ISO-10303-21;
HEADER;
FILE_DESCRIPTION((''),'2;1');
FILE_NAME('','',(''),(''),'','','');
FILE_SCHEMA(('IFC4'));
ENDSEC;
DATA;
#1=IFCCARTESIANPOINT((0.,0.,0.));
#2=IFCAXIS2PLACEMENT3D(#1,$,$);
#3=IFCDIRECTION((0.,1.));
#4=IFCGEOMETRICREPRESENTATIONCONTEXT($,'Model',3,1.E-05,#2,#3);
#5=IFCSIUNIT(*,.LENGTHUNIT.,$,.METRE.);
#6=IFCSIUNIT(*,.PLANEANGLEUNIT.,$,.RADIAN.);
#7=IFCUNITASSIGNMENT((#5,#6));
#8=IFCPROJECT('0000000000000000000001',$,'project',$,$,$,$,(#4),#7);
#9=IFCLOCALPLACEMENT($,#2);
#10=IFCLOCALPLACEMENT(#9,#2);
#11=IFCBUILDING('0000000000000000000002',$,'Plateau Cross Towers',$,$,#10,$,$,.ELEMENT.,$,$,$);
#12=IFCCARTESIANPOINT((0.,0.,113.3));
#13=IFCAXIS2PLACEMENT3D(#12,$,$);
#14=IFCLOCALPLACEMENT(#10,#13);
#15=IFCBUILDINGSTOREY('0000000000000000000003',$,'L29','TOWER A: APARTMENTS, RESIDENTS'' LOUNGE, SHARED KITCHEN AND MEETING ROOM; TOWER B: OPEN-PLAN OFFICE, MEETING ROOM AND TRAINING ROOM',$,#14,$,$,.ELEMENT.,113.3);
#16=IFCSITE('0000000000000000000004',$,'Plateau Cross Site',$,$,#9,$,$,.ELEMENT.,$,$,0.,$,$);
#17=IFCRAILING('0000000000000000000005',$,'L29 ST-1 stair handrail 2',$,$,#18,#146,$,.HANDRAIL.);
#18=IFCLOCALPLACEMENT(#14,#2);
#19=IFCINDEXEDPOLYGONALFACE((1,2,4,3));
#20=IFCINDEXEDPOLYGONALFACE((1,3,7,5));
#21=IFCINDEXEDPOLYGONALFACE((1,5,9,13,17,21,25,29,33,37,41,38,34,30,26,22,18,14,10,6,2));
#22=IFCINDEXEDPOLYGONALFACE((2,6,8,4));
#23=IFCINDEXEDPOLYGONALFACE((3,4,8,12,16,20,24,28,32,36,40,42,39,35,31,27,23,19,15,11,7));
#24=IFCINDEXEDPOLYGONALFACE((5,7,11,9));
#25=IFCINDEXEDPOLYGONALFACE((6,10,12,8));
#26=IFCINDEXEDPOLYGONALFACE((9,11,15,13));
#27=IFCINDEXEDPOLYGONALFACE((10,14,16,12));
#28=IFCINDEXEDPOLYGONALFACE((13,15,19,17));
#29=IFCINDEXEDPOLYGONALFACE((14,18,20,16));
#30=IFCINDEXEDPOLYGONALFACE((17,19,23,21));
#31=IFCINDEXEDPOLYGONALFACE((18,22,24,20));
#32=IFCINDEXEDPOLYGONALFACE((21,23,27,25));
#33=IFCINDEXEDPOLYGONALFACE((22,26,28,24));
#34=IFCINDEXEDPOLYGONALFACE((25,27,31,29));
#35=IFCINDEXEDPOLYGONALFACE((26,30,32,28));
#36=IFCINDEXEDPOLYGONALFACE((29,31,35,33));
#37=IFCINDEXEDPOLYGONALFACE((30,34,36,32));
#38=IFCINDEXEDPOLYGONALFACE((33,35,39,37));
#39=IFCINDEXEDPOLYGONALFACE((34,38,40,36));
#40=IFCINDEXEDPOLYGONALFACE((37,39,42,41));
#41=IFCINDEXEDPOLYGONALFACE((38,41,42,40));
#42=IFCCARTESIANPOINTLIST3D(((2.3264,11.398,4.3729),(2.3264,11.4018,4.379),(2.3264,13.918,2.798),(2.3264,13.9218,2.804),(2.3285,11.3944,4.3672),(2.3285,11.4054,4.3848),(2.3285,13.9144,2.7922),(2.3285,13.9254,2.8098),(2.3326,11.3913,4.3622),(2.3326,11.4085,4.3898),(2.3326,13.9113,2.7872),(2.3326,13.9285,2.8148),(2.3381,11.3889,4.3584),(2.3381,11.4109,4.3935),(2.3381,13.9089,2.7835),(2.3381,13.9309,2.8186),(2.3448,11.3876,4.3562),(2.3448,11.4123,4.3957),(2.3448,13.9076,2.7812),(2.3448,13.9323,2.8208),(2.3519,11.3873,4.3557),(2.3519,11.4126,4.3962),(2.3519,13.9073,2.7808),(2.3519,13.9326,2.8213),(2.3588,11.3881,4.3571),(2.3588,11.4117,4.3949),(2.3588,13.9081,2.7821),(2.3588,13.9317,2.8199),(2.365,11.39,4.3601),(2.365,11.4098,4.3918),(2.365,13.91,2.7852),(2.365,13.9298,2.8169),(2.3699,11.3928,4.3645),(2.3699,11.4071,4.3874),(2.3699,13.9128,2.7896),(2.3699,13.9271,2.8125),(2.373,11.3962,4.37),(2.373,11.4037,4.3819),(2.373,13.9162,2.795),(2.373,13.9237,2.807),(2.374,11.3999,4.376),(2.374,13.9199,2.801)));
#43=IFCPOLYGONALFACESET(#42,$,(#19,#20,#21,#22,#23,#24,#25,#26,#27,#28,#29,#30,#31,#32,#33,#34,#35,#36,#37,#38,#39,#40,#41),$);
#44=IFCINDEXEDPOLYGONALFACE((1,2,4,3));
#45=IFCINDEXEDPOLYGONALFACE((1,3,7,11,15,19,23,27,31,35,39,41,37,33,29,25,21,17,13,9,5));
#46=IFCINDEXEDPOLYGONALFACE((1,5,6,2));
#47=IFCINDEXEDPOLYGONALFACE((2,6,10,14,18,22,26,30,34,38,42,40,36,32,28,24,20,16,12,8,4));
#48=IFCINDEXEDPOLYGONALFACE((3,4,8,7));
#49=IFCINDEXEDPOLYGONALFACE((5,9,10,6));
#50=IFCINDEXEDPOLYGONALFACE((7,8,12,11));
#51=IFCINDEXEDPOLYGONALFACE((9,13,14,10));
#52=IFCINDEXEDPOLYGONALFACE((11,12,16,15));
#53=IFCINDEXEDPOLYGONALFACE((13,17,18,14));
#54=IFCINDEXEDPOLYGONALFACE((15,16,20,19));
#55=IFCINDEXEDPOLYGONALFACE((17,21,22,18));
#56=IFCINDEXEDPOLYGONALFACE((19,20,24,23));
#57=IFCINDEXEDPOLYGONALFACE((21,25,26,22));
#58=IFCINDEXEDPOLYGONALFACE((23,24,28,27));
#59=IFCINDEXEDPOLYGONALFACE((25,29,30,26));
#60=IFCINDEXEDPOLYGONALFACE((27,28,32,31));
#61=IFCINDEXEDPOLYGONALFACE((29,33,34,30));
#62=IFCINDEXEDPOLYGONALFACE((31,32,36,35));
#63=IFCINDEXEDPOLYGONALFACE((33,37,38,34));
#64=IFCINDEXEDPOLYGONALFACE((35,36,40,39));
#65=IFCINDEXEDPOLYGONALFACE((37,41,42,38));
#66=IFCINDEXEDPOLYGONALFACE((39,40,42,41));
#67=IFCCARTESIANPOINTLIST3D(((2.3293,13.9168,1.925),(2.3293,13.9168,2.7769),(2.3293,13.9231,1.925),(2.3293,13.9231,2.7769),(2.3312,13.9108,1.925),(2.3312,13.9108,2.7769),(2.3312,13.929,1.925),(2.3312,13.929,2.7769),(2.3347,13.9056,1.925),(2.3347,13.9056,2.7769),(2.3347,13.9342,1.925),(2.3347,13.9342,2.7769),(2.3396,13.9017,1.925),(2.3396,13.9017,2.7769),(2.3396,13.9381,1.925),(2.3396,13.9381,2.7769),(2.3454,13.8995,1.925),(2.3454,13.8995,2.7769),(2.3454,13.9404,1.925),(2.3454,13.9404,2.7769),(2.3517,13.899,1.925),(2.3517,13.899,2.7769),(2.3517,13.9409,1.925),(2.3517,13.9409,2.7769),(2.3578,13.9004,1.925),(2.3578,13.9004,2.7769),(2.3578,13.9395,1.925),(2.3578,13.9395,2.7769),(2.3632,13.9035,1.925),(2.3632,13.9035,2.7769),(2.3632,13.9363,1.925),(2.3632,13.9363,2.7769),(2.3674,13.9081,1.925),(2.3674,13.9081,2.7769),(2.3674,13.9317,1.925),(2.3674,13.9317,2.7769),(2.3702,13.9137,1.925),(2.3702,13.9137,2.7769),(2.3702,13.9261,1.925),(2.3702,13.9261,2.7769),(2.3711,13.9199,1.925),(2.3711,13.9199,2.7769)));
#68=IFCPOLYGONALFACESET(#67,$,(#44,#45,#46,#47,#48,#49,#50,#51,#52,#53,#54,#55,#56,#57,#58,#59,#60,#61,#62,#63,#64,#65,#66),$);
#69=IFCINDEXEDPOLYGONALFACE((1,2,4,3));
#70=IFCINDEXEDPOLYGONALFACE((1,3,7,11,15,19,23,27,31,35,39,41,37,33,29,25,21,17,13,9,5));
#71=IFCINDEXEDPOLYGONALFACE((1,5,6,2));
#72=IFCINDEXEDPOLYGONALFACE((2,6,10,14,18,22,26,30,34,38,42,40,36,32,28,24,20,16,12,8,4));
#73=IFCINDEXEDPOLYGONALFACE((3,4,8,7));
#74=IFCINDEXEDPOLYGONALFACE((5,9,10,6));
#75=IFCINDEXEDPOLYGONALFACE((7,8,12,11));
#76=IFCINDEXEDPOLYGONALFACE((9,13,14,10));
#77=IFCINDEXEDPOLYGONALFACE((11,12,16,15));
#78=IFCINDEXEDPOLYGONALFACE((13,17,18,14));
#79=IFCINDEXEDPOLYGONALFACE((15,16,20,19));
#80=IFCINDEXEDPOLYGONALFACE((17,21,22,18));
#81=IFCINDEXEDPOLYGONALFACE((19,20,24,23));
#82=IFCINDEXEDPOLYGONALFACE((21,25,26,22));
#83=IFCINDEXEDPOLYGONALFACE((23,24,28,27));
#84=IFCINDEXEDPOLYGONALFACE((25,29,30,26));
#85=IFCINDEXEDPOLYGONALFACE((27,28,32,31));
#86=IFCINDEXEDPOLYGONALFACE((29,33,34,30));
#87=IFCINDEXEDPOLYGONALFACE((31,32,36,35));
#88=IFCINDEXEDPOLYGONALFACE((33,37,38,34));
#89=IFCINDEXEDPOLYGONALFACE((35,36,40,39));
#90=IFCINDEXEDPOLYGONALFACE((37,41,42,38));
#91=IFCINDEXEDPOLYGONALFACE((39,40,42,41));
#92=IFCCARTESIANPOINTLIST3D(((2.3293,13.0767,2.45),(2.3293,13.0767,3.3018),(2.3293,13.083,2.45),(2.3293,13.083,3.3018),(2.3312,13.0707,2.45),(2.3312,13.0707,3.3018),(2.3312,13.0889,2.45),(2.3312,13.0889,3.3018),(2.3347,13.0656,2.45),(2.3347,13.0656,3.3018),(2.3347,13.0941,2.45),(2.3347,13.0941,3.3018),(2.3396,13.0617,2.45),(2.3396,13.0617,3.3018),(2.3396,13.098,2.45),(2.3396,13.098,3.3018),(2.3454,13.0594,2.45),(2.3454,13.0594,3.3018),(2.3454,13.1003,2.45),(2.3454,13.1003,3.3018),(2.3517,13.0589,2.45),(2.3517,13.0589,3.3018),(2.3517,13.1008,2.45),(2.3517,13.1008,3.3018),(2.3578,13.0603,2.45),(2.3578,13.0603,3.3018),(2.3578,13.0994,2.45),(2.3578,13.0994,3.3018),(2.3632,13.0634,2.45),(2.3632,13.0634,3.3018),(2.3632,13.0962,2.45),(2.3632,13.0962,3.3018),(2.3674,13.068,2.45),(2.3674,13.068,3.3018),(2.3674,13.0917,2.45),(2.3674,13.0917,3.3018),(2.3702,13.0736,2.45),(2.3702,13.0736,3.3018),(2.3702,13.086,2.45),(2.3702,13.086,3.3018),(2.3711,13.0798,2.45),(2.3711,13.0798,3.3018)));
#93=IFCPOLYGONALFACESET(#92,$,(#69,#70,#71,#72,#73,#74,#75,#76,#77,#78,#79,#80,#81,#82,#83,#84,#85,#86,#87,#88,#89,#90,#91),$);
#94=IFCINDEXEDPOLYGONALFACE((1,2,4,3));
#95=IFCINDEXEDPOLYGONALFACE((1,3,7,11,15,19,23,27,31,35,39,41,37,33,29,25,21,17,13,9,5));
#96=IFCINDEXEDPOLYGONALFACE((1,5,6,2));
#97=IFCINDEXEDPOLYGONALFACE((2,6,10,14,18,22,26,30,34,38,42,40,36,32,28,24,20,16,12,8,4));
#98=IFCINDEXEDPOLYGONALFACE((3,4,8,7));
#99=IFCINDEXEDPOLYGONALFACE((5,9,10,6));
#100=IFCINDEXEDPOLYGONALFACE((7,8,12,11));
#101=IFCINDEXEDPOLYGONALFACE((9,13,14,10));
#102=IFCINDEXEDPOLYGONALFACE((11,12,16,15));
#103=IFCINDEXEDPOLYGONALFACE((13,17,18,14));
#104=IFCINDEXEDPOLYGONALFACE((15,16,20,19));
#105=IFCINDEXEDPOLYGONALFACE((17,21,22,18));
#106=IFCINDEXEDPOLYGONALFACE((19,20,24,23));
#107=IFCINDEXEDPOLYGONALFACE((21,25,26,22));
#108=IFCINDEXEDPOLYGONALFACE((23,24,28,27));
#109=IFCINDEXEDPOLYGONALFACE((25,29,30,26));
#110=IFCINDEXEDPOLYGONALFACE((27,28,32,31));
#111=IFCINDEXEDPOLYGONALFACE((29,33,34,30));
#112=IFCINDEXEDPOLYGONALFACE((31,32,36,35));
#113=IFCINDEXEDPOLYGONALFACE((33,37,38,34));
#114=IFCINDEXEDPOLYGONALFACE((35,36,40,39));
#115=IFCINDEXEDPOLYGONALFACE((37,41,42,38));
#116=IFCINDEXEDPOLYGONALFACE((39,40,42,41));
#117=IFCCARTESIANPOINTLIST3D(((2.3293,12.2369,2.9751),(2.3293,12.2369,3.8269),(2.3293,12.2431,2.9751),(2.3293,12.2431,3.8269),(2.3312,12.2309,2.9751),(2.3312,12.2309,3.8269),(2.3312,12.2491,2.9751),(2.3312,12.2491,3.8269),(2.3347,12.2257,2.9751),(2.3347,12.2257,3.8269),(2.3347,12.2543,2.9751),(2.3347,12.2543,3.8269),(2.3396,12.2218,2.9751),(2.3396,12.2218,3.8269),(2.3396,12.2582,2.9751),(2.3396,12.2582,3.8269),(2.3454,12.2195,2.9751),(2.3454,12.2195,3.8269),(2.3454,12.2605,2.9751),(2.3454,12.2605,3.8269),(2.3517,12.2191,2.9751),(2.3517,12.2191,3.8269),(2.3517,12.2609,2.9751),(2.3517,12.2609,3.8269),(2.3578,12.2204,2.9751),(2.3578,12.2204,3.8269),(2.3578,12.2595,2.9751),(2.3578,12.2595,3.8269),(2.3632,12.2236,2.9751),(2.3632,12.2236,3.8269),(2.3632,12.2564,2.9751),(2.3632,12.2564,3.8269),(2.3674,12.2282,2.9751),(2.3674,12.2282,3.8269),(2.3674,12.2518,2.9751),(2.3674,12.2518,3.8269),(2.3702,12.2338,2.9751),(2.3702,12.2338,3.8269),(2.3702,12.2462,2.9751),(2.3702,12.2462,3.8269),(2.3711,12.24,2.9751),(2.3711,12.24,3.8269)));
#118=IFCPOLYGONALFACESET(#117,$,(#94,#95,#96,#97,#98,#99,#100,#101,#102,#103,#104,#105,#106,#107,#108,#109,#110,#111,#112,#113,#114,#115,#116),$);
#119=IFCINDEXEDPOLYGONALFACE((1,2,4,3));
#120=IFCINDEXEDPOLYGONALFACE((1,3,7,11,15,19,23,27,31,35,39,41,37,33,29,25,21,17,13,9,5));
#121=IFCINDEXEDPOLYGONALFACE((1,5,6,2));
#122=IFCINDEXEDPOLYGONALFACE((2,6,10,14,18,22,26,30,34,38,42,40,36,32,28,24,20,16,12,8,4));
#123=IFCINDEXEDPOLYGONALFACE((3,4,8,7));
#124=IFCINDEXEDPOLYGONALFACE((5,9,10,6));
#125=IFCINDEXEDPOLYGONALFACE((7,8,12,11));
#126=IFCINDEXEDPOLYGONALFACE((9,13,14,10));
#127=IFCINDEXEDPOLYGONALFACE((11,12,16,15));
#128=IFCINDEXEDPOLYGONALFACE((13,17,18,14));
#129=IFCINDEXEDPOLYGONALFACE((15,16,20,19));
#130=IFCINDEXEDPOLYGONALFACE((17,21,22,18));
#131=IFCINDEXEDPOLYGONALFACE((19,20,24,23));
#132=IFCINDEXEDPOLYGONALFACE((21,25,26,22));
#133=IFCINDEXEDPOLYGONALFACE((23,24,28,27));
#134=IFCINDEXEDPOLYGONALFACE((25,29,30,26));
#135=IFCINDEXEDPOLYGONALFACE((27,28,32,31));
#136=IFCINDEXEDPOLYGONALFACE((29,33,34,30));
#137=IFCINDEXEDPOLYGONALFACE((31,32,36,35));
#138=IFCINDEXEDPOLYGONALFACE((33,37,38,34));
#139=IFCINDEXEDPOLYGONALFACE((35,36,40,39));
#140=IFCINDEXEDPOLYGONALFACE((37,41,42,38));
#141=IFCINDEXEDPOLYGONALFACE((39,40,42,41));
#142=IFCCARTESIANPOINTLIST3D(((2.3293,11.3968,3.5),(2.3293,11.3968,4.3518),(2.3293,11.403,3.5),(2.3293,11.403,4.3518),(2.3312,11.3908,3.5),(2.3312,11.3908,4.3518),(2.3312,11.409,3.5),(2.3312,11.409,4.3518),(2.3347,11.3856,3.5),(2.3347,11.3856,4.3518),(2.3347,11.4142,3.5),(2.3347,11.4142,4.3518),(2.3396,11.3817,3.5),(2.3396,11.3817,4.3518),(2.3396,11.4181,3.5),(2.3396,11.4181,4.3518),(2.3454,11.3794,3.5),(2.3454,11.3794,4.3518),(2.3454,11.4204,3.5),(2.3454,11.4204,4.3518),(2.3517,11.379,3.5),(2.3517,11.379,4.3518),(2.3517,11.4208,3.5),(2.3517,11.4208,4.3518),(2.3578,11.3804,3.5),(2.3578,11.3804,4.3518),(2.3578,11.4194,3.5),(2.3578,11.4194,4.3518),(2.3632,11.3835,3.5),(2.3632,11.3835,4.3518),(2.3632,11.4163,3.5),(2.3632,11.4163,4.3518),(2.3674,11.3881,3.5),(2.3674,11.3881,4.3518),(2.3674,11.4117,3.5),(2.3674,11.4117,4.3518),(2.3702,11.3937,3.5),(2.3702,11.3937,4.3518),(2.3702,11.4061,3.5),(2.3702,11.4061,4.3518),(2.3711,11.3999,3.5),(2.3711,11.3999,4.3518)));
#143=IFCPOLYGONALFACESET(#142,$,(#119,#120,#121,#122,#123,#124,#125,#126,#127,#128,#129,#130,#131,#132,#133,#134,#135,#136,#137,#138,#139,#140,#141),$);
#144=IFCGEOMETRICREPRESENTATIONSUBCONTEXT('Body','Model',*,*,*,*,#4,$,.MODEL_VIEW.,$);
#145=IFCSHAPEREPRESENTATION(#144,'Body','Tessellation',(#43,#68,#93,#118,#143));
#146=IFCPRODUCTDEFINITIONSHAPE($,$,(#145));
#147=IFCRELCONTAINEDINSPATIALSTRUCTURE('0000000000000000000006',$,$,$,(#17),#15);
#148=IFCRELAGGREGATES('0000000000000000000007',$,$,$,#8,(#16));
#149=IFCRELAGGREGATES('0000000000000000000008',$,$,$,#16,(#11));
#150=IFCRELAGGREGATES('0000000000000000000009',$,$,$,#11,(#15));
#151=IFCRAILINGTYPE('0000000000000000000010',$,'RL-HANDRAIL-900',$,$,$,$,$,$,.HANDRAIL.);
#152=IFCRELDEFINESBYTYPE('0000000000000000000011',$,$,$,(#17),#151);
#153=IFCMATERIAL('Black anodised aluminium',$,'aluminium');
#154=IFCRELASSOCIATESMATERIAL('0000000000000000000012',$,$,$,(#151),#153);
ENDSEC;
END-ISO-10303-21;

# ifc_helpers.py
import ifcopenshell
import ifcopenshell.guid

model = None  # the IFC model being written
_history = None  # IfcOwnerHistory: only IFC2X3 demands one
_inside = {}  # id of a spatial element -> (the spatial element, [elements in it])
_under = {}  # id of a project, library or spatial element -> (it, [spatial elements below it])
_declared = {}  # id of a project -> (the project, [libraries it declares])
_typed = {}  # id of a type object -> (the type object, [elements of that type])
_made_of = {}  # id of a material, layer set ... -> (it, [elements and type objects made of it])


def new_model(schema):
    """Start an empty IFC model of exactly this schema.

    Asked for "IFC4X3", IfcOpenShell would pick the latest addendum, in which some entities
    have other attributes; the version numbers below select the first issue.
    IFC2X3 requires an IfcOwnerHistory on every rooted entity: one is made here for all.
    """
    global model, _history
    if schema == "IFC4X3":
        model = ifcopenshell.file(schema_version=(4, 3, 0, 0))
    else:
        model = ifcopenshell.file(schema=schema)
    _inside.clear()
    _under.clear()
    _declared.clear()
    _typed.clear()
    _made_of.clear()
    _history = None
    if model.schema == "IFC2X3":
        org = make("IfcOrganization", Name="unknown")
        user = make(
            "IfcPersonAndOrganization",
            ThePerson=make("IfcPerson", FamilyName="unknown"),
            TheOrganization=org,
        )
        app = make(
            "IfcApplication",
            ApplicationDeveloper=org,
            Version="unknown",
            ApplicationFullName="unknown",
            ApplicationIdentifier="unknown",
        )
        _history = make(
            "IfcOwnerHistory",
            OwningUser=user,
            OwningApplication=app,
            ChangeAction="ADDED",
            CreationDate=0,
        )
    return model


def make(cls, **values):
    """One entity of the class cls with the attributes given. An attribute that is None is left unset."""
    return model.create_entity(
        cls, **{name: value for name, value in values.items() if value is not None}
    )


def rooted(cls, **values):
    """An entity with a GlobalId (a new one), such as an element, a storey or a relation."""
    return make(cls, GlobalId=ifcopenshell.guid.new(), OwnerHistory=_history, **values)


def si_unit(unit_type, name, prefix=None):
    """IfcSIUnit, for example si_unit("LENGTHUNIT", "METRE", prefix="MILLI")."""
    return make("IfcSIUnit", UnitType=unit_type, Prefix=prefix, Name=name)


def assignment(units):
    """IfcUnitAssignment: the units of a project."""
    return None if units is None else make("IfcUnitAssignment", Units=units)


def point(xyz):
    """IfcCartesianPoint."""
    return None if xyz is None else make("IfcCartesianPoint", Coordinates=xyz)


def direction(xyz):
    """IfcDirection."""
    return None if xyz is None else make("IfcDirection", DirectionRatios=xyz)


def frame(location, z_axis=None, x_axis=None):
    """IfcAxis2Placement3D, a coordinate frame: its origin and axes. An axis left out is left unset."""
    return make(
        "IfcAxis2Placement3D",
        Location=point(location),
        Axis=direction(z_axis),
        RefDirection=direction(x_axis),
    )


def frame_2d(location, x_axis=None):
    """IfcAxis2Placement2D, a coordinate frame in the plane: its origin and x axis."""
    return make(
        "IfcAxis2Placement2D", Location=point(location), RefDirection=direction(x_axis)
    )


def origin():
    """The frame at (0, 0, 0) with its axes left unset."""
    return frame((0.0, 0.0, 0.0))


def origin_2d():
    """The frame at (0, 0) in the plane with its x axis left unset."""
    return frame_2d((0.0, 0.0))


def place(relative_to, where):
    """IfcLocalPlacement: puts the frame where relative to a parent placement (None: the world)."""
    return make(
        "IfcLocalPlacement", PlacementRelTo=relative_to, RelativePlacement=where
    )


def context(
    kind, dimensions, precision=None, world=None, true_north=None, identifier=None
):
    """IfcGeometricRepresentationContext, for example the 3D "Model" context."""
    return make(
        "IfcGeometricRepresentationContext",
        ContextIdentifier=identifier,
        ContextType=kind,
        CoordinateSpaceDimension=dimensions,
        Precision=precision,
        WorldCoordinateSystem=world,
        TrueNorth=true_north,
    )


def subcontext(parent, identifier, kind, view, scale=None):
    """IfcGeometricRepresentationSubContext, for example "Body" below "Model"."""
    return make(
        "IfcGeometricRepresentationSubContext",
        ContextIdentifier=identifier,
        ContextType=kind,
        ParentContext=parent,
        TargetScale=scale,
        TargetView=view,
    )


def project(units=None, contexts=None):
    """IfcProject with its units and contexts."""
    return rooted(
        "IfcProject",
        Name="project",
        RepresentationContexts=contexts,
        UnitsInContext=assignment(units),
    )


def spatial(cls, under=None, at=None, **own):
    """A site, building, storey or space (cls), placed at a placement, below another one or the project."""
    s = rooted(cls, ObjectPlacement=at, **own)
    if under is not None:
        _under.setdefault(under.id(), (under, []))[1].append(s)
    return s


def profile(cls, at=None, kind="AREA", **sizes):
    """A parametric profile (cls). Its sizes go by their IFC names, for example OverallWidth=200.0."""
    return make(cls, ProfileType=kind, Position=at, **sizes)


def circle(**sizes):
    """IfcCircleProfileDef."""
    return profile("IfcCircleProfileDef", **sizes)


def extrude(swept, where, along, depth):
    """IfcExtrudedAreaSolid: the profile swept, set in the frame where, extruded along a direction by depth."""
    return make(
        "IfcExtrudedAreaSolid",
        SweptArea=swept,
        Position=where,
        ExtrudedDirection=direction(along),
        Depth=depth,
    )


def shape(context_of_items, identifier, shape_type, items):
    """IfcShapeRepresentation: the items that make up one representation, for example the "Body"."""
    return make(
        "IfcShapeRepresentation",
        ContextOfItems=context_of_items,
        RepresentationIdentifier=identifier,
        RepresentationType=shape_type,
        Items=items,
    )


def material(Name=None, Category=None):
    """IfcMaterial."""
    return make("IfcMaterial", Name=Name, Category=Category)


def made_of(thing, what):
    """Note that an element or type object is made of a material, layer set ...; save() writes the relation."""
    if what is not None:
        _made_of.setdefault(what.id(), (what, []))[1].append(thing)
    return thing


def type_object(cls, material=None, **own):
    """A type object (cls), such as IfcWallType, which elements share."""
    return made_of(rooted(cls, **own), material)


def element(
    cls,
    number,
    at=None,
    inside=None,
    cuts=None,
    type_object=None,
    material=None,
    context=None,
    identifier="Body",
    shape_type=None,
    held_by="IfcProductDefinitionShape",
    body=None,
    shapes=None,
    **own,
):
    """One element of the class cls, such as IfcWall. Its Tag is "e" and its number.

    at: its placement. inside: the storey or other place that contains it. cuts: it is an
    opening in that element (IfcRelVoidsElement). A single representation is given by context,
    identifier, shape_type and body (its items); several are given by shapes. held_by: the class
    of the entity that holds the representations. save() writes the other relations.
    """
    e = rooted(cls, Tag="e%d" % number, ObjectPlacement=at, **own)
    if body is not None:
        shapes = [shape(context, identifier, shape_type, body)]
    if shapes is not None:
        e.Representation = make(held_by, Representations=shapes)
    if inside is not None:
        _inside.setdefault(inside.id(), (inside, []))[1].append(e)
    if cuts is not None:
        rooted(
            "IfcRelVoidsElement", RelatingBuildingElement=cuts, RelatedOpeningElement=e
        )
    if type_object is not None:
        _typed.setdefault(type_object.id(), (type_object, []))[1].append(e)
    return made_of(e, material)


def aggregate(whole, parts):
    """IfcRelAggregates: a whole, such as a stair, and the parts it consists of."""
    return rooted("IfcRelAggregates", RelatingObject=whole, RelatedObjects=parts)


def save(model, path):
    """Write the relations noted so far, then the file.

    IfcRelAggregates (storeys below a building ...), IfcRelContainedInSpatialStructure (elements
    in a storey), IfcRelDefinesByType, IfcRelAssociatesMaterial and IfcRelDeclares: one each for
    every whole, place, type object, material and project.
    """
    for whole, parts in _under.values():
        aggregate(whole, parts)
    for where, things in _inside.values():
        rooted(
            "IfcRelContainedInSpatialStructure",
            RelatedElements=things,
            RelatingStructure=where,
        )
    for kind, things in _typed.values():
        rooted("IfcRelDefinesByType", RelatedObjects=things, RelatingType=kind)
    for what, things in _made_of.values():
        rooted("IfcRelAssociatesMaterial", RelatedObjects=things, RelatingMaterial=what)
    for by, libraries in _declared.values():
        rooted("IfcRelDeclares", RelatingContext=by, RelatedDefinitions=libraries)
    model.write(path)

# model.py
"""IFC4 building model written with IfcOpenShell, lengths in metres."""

from ifc_helpers import new_model, si_unit, direction, frame, origin, origin_2d, place, context, subcontext, project, spatial, circle, extrude, material, type_object, element, save


model = new_model("IFC4")

# Units and contexts
model_context = context("Model", 3, precision=1e-05, world=origin(), true_north=direction((0.0, 1.0)))
body_context = subcontext(model_context, "Body", "Model", "MODEL_VIEW")
ifc_project = project(units=[si_unit("LENGTHUNIT", "METRE"), si_unit("PLANEANGLEUNIT", "RADIAN")], contexts=[model_context])

# Site, building, storey
site_placement = place(None, origin())
site = spatial("IfcSite", under=ifc_project, at=site_placement, Name="Plateau Cross Site", CompositionType="ELEMENT", RefElevation=0.0)
building_placement = place(site_placement, origin())
building = spatial("IfcBuilding", under=site, at=building_placement, Name="Plateau Cross Towers", CompositionType="ELEMENT")
storey_placement = place(building_placement, frame((0.0, 0.0, 113.3)))
storey = spatial("IfcBuildingStorey", under=building, at=storey_placement, Name="L29", Description="TOWER A: APARTMENTS, RESIDENTS' LOUNGE, SHARED KITCHEN AND MEETING ROOM; TOWER B: OPEN-PLAN OFFICE, MEETING ROOM AND TRAINING ROOM", CompositionType="ELEMENT", Elevation=113.3)

# Shared definitions
ifc_material_1 = material(Name="Black anodised aluminium", Category="aluminium")

# Railing
railing_type_1 = type_object("IfcRailingType", Name="RL-HANDRAIL-900", PredefinedType="HANDRAIL", material=ifc_material_1)
railing_1_placement = place(storey_placement, frame((2.3501, 13.9199, 1.925)))
element("IfcRailing", 1, at=railing_1_placement, inside=storey, type_object=railing_type_1, Name="L29 ST-1 stair handrail 2", PredefinedType="HANDRAIL", context=body_context, shape_type="SweptSolid", body=[
    extrude(circle(Radius=0.0239, at=origin_2d()), frame((0.0, 0.0, 0.876), z_axis=(0.0, -0.848008, 0.529984), x_axis=(1.0, 0.0, 0.0)), (0.0, 0.0, 1.0), 2.9717),
    extrude(circle(Radius=0.021, at=origin_2d()), origin(), (0.0, 0.0, 1.0), 0.8518),
    extrude(circle(Radius=0.021, at=origin_2d()), frame((0.0, -0.8401, 0.5249)), (0.0, 0.0, 1.0), 0.8518),
    extrude(circle(Radius=0.021, at=origin_2d()), frame((0.0, -1.6799, 1.05)), (0.0, 0.0, 1.0), 0.8518),
    extrude(circle(Radius=0.021, at=origin_2d()), frame((0.0, -2.52, 1.575)), (0.0, 0.0, 1.0), 0.8518),
])

save(model, "model.ifc")
